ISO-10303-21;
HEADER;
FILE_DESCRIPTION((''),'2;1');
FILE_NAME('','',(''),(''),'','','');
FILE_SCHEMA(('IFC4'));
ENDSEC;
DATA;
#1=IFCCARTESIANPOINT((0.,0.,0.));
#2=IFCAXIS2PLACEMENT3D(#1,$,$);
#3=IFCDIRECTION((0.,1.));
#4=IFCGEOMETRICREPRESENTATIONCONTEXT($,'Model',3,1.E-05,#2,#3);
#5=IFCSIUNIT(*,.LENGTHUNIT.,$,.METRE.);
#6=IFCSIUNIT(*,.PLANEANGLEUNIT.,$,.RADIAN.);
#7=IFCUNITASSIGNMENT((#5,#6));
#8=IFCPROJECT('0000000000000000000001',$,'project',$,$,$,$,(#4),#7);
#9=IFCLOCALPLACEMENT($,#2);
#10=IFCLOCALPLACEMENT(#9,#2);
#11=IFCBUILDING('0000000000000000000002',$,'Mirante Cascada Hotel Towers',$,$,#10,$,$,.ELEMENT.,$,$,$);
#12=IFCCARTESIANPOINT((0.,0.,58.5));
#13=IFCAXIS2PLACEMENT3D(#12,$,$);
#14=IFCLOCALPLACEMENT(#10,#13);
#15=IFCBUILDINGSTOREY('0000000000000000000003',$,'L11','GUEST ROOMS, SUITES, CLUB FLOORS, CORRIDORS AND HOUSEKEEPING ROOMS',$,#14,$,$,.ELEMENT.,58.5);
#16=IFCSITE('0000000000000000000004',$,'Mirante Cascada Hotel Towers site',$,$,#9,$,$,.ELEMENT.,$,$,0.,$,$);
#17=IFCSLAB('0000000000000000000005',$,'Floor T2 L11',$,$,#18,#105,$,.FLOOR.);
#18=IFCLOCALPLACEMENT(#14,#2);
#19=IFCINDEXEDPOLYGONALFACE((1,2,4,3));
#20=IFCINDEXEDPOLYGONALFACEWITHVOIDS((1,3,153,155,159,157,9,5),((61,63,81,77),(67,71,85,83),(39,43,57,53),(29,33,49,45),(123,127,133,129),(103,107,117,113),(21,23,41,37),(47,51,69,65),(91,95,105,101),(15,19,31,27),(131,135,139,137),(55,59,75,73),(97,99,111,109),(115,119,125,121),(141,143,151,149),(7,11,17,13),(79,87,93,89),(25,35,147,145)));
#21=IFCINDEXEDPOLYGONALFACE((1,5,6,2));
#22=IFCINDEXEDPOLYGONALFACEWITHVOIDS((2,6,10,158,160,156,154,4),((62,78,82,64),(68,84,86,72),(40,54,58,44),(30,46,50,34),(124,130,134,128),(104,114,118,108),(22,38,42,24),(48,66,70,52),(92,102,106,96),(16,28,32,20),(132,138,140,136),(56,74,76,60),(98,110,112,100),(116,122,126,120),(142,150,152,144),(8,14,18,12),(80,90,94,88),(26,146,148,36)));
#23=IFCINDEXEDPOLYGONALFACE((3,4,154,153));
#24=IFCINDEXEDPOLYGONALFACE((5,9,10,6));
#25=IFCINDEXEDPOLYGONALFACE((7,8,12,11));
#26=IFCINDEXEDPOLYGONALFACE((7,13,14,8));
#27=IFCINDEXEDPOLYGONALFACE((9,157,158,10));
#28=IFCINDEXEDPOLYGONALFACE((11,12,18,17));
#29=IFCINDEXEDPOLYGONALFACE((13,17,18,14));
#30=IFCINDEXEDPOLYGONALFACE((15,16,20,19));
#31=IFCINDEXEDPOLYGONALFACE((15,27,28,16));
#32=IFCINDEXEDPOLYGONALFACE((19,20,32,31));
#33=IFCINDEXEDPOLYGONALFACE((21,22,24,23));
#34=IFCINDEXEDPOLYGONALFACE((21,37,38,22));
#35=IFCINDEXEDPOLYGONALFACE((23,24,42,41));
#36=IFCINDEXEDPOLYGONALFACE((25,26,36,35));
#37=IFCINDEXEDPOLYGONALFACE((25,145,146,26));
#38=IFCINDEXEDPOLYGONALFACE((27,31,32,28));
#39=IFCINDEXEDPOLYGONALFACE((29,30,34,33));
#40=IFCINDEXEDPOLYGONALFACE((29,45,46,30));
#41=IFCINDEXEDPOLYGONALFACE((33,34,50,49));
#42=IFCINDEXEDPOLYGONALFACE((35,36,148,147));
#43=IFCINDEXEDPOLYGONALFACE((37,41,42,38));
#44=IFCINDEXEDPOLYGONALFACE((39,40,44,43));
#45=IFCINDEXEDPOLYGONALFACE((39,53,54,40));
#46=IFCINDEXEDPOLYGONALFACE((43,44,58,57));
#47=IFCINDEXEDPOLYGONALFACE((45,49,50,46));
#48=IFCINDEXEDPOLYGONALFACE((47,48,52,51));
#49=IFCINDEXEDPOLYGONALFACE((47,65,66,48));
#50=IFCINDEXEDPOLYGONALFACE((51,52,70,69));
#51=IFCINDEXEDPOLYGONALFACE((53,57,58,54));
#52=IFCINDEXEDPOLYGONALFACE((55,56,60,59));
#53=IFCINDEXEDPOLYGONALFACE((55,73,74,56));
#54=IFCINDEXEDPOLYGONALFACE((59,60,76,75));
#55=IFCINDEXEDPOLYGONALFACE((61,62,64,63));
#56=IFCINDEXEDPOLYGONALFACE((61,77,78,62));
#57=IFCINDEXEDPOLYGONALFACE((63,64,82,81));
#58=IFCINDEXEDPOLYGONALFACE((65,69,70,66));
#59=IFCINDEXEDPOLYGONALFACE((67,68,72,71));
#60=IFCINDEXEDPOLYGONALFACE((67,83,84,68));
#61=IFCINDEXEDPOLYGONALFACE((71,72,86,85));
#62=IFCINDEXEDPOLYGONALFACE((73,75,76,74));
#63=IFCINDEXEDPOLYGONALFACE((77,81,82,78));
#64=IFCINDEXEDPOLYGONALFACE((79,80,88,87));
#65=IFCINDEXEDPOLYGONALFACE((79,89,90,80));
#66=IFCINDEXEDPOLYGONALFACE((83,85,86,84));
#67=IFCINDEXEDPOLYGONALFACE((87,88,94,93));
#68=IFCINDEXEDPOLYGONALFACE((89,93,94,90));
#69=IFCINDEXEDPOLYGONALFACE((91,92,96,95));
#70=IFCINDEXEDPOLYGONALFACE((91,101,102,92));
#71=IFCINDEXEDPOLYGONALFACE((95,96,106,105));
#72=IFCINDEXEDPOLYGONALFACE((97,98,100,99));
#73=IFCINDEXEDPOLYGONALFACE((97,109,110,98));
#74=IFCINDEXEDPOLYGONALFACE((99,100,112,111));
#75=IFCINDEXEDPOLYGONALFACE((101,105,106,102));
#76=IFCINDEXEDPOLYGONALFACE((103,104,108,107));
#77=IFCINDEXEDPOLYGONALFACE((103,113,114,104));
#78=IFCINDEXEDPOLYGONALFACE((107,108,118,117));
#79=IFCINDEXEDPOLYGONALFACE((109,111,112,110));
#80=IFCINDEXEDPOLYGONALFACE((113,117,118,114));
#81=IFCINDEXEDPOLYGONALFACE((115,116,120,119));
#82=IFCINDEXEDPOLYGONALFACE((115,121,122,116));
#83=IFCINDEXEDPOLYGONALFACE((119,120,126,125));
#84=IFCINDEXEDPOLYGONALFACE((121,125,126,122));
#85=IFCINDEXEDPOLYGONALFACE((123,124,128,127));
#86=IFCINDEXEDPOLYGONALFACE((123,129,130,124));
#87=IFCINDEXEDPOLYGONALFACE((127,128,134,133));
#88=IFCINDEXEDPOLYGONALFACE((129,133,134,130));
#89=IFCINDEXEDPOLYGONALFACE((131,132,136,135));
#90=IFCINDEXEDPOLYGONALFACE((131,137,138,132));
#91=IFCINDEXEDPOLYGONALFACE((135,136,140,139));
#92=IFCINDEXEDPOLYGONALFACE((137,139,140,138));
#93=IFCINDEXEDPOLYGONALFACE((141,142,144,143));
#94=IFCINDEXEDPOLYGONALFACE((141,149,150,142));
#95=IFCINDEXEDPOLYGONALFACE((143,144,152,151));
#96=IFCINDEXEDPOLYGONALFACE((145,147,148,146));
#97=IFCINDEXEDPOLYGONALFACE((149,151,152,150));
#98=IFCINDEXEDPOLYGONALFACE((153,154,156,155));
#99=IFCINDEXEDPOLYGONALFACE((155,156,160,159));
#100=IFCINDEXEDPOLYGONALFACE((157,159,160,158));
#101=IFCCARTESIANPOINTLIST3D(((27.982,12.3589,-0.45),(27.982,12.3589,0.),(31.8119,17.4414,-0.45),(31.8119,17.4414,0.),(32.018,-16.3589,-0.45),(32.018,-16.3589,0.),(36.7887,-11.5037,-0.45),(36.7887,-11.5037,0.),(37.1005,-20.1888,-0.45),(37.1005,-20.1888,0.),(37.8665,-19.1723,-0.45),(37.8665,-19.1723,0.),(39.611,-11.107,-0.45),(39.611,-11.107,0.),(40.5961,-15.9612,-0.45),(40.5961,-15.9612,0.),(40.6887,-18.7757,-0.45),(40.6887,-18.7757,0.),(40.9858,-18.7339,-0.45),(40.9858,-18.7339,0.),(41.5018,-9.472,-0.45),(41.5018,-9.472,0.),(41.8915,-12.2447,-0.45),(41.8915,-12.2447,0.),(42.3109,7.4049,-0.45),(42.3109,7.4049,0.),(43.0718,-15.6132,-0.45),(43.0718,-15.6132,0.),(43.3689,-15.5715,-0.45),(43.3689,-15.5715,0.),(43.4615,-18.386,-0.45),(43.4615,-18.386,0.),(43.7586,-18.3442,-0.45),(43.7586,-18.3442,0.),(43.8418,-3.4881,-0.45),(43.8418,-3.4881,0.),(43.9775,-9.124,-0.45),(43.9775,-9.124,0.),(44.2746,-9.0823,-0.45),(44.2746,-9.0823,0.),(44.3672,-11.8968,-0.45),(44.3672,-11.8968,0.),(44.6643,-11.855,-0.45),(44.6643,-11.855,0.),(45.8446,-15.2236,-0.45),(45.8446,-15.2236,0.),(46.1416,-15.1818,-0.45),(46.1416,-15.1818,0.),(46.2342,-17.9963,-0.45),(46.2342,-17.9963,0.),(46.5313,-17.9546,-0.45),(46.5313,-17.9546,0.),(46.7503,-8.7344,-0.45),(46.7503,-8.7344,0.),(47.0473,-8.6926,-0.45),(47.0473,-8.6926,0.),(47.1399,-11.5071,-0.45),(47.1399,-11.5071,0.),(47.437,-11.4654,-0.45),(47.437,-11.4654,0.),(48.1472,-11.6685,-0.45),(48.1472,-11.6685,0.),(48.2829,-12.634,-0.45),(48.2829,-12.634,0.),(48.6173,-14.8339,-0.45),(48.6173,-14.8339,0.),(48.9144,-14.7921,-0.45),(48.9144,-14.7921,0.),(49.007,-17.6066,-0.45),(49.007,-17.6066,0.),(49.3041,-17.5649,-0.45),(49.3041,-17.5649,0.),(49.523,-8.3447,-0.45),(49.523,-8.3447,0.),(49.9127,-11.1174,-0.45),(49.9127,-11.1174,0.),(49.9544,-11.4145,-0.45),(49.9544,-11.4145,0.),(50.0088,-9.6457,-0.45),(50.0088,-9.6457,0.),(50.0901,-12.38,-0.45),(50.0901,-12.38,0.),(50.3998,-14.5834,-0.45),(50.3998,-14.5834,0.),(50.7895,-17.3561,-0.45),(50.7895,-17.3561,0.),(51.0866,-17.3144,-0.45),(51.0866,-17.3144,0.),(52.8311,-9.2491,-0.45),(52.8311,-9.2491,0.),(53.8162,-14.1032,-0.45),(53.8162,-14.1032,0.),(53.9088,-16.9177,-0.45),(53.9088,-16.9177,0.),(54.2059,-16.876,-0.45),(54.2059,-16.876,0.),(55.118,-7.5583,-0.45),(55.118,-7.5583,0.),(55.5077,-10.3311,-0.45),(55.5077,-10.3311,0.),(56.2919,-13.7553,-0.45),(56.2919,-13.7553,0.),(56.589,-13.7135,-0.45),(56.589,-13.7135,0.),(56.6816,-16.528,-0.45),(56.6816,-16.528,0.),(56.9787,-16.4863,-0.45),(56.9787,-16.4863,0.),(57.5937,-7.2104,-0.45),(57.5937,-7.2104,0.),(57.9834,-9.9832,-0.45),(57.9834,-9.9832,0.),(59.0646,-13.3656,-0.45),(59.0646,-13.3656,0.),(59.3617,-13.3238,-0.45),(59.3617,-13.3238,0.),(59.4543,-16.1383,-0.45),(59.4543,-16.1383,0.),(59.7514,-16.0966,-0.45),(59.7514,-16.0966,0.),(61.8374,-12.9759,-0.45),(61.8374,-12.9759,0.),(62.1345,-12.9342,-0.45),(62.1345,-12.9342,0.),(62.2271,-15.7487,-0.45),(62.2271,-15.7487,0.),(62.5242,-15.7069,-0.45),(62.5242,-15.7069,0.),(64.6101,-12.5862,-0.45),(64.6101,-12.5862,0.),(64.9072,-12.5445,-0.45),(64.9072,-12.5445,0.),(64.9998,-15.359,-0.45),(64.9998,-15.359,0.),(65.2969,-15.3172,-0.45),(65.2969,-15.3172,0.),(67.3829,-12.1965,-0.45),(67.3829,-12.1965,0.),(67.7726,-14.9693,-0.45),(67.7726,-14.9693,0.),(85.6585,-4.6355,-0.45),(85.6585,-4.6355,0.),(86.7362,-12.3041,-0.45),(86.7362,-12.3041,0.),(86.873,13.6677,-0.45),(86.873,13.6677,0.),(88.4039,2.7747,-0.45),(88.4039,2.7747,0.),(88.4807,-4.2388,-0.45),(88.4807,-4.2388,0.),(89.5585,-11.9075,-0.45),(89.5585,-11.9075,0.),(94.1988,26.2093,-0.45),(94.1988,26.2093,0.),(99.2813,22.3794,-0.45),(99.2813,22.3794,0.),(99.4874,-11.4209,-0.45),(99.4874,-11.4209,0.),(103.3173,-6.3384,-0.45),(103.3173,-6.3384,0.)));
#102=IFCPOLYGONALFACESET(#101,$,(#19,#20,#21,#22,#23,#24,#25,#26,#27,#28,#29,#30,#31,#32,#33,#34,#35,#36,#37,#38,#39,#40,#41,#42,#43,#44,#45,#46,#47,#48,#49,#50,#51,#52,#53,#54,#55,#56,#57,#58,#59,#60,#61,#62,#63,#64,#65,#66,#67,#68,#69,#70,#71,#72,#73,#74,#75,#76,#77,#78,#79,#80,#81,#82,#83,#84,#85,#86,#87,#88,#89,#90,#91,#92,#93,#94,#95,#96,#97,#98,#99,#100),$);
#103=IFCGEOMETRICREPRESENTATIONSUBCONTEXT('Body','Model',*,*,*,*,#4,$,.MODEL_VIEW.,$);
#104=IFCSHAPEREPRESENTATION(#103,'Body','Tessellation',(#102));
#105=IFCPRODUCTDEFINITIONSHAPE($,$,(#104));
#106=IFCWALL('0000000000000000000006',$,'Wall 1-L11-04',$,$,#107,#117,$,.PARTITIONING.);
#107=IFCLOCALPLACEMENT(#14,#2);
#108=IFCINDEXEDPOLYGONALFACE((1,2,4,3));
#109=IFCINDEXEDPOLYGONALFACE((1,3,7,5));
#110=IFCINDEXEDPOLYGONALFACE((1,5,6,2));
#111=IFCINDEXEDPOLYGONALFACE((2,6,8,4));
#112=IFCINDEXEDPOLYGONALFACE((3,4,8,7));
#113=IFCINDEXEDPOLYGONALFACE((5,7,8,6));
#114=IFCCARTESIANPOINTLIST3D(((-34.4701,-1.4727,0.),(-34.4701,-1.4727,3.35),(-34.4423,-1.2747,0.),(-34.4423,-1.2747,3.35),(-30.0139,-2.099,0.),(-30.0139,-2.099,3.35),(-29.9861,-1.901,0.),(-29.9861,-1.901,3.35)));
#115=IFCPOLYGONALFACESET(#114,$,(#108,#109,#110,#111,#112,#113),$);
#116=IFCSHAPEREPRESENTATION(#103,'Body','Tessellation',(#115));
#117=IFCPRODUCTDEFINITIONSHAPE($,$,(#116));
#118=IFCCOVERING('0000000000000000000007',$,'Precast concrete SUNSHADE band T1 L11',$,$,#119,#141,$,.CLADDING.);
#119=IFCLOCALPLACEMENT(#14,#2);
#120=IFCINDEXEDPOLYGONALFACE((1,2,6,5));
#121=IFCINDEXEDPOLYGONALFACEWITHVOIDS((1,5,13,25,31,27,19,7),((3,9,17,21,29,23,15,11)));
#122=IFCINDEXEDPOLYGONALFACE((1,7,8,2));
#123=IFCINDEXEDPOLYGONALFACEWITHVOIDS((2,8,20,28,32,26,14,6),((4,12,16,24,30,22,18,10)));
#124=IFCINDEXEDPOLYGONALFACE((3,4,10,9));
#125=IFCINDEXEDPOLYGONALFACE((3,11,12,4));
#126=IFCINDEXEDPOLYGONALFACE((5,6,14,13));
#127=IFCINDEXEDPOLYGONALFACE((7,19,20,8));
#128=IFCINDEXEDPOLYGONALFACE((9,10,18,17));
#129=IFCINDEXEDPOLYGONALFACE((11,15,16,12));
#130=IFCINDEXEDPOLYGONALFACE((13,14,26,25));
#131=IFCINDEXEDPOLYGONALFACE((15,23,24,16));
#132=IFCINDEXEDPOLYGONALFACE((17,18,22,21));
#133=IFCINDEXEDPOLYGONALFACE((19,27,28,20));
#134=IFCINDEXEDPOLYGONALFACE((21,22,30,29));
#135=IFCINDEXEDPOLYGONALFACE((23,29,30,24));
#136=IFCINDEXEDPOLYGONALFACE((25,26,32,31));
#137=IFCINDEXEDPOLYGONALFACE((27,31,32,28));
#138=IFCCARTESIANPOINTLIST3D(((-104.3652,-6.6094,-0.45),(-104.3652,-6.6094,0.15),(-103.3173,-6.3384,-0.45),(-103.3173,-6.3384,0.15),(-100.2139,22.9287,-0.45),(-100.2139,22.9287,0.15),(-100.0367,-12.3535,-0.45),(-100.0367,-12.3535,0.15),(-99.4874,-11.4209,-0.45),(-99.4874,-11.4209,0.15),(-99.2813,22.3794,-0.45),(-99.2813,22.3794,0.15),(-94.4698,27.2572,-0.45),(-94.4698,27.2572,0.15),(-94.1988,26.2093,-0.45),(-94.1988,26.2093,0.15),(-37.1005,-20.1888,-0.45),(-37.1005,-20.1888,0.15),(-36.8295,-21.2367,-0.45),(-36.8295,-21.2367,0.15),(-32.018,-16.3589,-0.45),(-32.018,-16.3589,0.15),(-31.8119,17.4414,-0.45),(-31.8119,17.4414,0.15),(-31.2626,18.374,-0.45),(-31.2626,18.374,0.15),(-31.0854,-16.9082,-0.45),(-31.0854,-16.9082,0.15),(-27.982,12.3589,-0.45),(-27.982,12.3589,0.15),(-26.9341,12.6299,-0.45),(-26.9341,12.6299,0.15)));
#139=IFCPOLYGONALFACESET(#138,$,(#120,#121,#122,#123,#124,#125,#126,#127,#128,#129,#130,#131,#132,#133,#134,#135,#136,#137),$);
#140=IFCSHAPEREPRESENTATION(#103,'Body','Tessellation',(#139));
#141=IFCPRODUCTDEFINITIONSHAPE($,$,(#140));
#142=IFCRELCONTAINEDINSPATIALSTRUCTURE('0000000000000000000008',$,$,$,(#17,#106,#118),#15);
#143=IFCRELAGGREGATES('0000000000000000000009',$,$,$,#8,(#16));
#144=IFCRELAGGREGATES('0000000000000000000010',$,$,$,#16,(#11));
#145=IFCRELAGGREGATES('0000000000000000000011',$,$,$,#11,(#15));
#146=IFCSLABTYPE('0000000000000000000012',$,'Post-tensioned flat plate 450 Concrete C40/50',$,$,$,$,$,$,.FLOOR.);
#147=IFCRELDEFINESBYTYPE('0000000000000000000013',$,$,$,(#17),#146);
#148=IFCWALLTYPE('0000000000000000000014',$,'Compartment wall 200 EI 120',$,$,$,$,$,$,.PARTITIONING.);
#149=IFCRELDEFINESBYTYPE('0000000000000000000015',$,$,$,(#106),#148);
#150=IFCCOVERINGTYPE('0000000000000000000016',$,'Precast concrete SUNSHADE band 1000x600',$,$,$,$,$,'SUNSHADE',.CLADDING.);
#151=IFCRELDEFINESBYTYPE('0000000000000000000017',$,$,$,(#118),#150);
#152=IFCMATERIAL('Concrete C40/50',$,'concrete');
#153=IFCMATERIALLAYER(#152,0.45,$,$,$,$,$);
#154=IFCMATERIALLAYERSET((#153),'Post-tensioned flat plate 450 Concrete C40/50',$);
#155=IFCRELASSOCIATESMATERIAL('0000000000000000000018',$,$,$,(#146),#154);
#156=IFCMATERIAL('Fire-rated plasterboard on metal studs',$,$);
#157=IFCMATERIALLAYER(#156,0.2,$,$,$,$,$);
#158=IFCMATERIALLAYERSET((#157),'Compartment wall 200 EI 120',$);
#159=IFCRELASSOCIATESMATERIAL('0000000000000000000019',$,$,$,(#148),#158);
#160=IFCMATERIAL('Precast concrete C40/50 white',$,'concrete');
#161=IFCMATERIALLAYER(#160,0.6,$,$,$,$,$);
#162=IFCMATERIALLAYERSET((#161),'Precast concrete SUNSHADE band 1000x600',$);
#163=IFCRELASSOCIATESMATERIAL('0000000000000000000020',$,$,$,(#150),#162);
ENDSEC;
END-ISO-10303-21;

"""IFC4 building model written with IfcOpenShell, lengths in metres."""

from ifc_helpers import new_model, si_unit, direction, frame, frame_2d, origin, place, context, subcontext, project, spatial, polyline, rectangle, outline, extrude, material, layer, layer_set, type_object, element, save


model = new_model("IFC4")

# Units and contexts
model_context = context("Model", 3, precision=1e-05, world=origin(), true_north=direction((0.0, 1.0)))
body_context = subcontext(model_context, "Body", "Model", "MODEL_VIEW")
ifc_project = project(units=[si_unit("LENGTHUNIT", "METRE"), si_unit("PLANEANGLEUNIT", "RADIAN")], contexts=[model_context])

# Site, building, storey
site_placement = place(None, origin())
site = spatial("IfcSite", under=ifc_project, at=site_placement, Name="Mirante Cascada Hotel Towers site", CompositionType="ELEMENT", RefElevation=0.0)
building_placement = place(site_placement, origin())
building = spatial("IfcBuilding", under=site, at=building_placement, Name="Mirante Cascada Hotel Towers", CompositionType="ELEMENT")
storey_placement = place(building_placement, frame((0.0, 0.0, 58.5)))
storey = spatial("IfcBuildingStorey", under=building, at=storey_placement, Name="L11", Description="GUEST ROOMS, SUITES, CLUB FLOORS, CORRIDORS AND HOUSEKEEPING ROOMS", CompositionType="ELEMENT", Elevation=58.5)

# Slab
ifc_material_1 = material(Name="Concrete C40/50", Category="concrete")
ifc_layer_1 = layer(ifc_material_1, 0.45)
ifc_layer_set_1 = layer_set([ifc_layer_1], Name="Post-tensioned flat plate 450 Concrete C40/50")
slab_type = type_object("IfcSlabType", Name="Post-tensioned flat plate 450 Concrete C40/50", PredefinedType="FLOOR", material=ifc_layer_set_1)
slab_1_placement = place(storey_placement, frame((0.0, 0.0, -0.45)))
element("IfcSlab", 1, at=slab_1_placement, inside=storey, type_object=slab_type, Name="Floor T2 L11", PredefinedType="FLOOR", context=body_context, shape_type="SweptSolid", body=[
    extrude(outline(polyline([(32.018, -16.3589), (27.982, 12.3589), (31.8119, 17.4414), (94.1988, 26.2093), (99.2813, 22.3794), (103.3173, -6.3384), (99.4874, -11.4209), (37.1005, -20.1888), (32.018, -16.3589)]), holes=[polyline([(43.0718, -15.6132), (40.5961, -15.9612), (40.9858, -18.7339), (43.4615, -18.386), (43.0718, -15.6132)]), polyline([(45.8446, -15.2236), (43.3689, -15.5715), (43.7586, -18.3442), (46.2342, -17.9963), (45.8446, -15.2236)]), polyline([(48.6173, -14.8339), (46.1416, -15.1818), (46.5313, -17.9546), (49.007, -17.6066), (48.6173, -14.8339)]), polyline([(50.3998, -14.5834), (48.9144, -14.7921), (49.3041, -17.5649), (50.7895, -17.3561), (50.3998, -14.5834)]), polyline([(37.8665, -19.1723), (40.6887, -18.7757), (39.611, -11.107), (36.7887, -11.5037), (37.8665, -19.1723)]), polyline([(49.9544, -11.4145), (48.1472, -11.6685), (48.2829, -12.634), (50.0901, -12.38), (49.9544, -11.4145)]), polyline([(43.9775, -9.124), (41.5018, -9.472), (41.8915, -12.2447), (44.3672, -11.8968), (43.9775, -9.124)]), polyline([(47.1399, -11.5071), (46.7503, -8.7344), (44.2746, -9.0823), (44.6643, -11.855), (47.1399, -11.5071)]), polyline([(49.9127, -11.1174), (49.523, -8.3447), (47.0473, -8.6926), (47.437, -11.4654), (49.9127, -11.1174)]), polyline([(56.2919, -13.7553), (53.8162, -14.1032), (54.2059, -16.876), (56.6816, -16.528), (56.2919, -13.7553)]), polyline([(59.0646, -13.3656), (56.589, -13.7135), (56.9787, -16.4863), (59.4543, -16.1383), (59.0646, -13.3656)]), polyline([(61.8374, -12.9759), (59.3617, -13.3238), (59.7514, -16.0966), (62.2271, -15.7487), (61.8374, -12.9759)]), polyline([(64.6101, -12.5862), (62.1345, -12.9342), (62.5242, -15.7069), (64.9998, -15.359), (64.6101, -12.5862)]), polyline([(67.3829, -12.1965), (64.9072, -12.5445), (65.2969, -15.3172), (67.7726, -14.9693), (67.3829, -12.1965)]), polyline([(51.0866, -17.3144), (53.9088, -16.9177), (52.8311, -9.2491), (50.0088, -9.6457), (51.0866, -17.3144)]), polyline([(86.7362, -12.3041), (89.5585, -11.9075), (88.4807, -4.2388), (85.6585, -4.6355), (86.7362, -12.3041)]), polyline([(57.9834, -9.9832), (57.5937, -7.2104), (55.118, -7.5583), (55.5077, -10.3311), (57.9834, -9.9832)]), polyline([(88.4039, 2.7747), (86.873, 13.6677), (42.3109, 7.4049), (43.8418, -3.4881), (88.4039, 2.7747)])]), origin(), (0.0, 0.0, 1.0), 0.45),
])

# Wall
ifc_material_2 = material(Name="Fire-rated plasterboard on metal studs")
ifc_layer_2 = layer(ifc_material_2, 0.2)
ifc_layer_set_2 = layer_set([ifc_layer_2], Name="Compartment wall 200 EI 120")
wall_type = type_object("IfcWallType", Name="Compartment wall 200 EI 120", PredefinedType="PARTITIONING", material=ifc_layer_set_2)
wall_placement = place(storey_placement, frame((-30.0, -2.0, 0.0), z_axis=(0.0, 0.0, 1.0), x_axis=(-0.990267, 0.139178, 0.0)))
element("IfcWall", 2, at=wall_placement, inside=storey, type_object=wall_type, Name="Wall 1-L11-04", PredefinedType="PARTITIONING", context=body_context, shape_type="SweptSolid", body=[
    extrude(rectangle(XDim=4.5, YDim=0.2, at=frame_2d((2.25, 0.0))), origin(), (0.0, 0.0, 1.0), 3.35),
])

# Covering
ifc_material_3 = material(Name="Precast concrete C40/50 white", Category="concrete")
ifc_layer_3 = layer(ifc_material_3, 0.6)
ifc_layer_set_3 = layer_set([ifc_layer_3], Name="Precast concrete SUNSHADE band 1000x600")
covering_type = type_object("IfcCoveringType", Name="Precast concrete SUNSHADE band 1000x600", ElementType="SUNSHADE", PredefinedType="CLADDING", material=ifc_layer_set_3)
covering_placement = place(storey_placement, frame((0.0, 0.0, -0.45)))
element("IfcCovering", 3, at=covering_placement, inside=storey, type_object=covering_type, Name="Precast concrete SUNSHADE band T1 L11", PredefinedType="CLADDING", context=body_context, shape_type="SweptSolid", body=[
    extrude(outline(polyline([(-104.3652, -6.6094), (-100.2139, 22.9287), (-94.4698, 27.2572), (-31.2626, 18.374), (-26.9341, 12.6299), (-31.0854, -16.9082), (-36.8295, -21.2367), (-100.0367, -12.3535), (-104.3652, -6.6094)]), holes=[polyline([(-27.982, 12.3589), (-31.8119, 17.4414), (-94.1988, 26.2093), (-99.2813, 22.3794), (-103.3173, -6.3384), (-99.4874, -11.4209), (-37.1005, -20.1888), (-32.018, -16.3589), (-27.982, 12.3589)])]), origin(), (0.0, 0.0, 1.0), 0.6),
])

save(model, "model.ifc")
